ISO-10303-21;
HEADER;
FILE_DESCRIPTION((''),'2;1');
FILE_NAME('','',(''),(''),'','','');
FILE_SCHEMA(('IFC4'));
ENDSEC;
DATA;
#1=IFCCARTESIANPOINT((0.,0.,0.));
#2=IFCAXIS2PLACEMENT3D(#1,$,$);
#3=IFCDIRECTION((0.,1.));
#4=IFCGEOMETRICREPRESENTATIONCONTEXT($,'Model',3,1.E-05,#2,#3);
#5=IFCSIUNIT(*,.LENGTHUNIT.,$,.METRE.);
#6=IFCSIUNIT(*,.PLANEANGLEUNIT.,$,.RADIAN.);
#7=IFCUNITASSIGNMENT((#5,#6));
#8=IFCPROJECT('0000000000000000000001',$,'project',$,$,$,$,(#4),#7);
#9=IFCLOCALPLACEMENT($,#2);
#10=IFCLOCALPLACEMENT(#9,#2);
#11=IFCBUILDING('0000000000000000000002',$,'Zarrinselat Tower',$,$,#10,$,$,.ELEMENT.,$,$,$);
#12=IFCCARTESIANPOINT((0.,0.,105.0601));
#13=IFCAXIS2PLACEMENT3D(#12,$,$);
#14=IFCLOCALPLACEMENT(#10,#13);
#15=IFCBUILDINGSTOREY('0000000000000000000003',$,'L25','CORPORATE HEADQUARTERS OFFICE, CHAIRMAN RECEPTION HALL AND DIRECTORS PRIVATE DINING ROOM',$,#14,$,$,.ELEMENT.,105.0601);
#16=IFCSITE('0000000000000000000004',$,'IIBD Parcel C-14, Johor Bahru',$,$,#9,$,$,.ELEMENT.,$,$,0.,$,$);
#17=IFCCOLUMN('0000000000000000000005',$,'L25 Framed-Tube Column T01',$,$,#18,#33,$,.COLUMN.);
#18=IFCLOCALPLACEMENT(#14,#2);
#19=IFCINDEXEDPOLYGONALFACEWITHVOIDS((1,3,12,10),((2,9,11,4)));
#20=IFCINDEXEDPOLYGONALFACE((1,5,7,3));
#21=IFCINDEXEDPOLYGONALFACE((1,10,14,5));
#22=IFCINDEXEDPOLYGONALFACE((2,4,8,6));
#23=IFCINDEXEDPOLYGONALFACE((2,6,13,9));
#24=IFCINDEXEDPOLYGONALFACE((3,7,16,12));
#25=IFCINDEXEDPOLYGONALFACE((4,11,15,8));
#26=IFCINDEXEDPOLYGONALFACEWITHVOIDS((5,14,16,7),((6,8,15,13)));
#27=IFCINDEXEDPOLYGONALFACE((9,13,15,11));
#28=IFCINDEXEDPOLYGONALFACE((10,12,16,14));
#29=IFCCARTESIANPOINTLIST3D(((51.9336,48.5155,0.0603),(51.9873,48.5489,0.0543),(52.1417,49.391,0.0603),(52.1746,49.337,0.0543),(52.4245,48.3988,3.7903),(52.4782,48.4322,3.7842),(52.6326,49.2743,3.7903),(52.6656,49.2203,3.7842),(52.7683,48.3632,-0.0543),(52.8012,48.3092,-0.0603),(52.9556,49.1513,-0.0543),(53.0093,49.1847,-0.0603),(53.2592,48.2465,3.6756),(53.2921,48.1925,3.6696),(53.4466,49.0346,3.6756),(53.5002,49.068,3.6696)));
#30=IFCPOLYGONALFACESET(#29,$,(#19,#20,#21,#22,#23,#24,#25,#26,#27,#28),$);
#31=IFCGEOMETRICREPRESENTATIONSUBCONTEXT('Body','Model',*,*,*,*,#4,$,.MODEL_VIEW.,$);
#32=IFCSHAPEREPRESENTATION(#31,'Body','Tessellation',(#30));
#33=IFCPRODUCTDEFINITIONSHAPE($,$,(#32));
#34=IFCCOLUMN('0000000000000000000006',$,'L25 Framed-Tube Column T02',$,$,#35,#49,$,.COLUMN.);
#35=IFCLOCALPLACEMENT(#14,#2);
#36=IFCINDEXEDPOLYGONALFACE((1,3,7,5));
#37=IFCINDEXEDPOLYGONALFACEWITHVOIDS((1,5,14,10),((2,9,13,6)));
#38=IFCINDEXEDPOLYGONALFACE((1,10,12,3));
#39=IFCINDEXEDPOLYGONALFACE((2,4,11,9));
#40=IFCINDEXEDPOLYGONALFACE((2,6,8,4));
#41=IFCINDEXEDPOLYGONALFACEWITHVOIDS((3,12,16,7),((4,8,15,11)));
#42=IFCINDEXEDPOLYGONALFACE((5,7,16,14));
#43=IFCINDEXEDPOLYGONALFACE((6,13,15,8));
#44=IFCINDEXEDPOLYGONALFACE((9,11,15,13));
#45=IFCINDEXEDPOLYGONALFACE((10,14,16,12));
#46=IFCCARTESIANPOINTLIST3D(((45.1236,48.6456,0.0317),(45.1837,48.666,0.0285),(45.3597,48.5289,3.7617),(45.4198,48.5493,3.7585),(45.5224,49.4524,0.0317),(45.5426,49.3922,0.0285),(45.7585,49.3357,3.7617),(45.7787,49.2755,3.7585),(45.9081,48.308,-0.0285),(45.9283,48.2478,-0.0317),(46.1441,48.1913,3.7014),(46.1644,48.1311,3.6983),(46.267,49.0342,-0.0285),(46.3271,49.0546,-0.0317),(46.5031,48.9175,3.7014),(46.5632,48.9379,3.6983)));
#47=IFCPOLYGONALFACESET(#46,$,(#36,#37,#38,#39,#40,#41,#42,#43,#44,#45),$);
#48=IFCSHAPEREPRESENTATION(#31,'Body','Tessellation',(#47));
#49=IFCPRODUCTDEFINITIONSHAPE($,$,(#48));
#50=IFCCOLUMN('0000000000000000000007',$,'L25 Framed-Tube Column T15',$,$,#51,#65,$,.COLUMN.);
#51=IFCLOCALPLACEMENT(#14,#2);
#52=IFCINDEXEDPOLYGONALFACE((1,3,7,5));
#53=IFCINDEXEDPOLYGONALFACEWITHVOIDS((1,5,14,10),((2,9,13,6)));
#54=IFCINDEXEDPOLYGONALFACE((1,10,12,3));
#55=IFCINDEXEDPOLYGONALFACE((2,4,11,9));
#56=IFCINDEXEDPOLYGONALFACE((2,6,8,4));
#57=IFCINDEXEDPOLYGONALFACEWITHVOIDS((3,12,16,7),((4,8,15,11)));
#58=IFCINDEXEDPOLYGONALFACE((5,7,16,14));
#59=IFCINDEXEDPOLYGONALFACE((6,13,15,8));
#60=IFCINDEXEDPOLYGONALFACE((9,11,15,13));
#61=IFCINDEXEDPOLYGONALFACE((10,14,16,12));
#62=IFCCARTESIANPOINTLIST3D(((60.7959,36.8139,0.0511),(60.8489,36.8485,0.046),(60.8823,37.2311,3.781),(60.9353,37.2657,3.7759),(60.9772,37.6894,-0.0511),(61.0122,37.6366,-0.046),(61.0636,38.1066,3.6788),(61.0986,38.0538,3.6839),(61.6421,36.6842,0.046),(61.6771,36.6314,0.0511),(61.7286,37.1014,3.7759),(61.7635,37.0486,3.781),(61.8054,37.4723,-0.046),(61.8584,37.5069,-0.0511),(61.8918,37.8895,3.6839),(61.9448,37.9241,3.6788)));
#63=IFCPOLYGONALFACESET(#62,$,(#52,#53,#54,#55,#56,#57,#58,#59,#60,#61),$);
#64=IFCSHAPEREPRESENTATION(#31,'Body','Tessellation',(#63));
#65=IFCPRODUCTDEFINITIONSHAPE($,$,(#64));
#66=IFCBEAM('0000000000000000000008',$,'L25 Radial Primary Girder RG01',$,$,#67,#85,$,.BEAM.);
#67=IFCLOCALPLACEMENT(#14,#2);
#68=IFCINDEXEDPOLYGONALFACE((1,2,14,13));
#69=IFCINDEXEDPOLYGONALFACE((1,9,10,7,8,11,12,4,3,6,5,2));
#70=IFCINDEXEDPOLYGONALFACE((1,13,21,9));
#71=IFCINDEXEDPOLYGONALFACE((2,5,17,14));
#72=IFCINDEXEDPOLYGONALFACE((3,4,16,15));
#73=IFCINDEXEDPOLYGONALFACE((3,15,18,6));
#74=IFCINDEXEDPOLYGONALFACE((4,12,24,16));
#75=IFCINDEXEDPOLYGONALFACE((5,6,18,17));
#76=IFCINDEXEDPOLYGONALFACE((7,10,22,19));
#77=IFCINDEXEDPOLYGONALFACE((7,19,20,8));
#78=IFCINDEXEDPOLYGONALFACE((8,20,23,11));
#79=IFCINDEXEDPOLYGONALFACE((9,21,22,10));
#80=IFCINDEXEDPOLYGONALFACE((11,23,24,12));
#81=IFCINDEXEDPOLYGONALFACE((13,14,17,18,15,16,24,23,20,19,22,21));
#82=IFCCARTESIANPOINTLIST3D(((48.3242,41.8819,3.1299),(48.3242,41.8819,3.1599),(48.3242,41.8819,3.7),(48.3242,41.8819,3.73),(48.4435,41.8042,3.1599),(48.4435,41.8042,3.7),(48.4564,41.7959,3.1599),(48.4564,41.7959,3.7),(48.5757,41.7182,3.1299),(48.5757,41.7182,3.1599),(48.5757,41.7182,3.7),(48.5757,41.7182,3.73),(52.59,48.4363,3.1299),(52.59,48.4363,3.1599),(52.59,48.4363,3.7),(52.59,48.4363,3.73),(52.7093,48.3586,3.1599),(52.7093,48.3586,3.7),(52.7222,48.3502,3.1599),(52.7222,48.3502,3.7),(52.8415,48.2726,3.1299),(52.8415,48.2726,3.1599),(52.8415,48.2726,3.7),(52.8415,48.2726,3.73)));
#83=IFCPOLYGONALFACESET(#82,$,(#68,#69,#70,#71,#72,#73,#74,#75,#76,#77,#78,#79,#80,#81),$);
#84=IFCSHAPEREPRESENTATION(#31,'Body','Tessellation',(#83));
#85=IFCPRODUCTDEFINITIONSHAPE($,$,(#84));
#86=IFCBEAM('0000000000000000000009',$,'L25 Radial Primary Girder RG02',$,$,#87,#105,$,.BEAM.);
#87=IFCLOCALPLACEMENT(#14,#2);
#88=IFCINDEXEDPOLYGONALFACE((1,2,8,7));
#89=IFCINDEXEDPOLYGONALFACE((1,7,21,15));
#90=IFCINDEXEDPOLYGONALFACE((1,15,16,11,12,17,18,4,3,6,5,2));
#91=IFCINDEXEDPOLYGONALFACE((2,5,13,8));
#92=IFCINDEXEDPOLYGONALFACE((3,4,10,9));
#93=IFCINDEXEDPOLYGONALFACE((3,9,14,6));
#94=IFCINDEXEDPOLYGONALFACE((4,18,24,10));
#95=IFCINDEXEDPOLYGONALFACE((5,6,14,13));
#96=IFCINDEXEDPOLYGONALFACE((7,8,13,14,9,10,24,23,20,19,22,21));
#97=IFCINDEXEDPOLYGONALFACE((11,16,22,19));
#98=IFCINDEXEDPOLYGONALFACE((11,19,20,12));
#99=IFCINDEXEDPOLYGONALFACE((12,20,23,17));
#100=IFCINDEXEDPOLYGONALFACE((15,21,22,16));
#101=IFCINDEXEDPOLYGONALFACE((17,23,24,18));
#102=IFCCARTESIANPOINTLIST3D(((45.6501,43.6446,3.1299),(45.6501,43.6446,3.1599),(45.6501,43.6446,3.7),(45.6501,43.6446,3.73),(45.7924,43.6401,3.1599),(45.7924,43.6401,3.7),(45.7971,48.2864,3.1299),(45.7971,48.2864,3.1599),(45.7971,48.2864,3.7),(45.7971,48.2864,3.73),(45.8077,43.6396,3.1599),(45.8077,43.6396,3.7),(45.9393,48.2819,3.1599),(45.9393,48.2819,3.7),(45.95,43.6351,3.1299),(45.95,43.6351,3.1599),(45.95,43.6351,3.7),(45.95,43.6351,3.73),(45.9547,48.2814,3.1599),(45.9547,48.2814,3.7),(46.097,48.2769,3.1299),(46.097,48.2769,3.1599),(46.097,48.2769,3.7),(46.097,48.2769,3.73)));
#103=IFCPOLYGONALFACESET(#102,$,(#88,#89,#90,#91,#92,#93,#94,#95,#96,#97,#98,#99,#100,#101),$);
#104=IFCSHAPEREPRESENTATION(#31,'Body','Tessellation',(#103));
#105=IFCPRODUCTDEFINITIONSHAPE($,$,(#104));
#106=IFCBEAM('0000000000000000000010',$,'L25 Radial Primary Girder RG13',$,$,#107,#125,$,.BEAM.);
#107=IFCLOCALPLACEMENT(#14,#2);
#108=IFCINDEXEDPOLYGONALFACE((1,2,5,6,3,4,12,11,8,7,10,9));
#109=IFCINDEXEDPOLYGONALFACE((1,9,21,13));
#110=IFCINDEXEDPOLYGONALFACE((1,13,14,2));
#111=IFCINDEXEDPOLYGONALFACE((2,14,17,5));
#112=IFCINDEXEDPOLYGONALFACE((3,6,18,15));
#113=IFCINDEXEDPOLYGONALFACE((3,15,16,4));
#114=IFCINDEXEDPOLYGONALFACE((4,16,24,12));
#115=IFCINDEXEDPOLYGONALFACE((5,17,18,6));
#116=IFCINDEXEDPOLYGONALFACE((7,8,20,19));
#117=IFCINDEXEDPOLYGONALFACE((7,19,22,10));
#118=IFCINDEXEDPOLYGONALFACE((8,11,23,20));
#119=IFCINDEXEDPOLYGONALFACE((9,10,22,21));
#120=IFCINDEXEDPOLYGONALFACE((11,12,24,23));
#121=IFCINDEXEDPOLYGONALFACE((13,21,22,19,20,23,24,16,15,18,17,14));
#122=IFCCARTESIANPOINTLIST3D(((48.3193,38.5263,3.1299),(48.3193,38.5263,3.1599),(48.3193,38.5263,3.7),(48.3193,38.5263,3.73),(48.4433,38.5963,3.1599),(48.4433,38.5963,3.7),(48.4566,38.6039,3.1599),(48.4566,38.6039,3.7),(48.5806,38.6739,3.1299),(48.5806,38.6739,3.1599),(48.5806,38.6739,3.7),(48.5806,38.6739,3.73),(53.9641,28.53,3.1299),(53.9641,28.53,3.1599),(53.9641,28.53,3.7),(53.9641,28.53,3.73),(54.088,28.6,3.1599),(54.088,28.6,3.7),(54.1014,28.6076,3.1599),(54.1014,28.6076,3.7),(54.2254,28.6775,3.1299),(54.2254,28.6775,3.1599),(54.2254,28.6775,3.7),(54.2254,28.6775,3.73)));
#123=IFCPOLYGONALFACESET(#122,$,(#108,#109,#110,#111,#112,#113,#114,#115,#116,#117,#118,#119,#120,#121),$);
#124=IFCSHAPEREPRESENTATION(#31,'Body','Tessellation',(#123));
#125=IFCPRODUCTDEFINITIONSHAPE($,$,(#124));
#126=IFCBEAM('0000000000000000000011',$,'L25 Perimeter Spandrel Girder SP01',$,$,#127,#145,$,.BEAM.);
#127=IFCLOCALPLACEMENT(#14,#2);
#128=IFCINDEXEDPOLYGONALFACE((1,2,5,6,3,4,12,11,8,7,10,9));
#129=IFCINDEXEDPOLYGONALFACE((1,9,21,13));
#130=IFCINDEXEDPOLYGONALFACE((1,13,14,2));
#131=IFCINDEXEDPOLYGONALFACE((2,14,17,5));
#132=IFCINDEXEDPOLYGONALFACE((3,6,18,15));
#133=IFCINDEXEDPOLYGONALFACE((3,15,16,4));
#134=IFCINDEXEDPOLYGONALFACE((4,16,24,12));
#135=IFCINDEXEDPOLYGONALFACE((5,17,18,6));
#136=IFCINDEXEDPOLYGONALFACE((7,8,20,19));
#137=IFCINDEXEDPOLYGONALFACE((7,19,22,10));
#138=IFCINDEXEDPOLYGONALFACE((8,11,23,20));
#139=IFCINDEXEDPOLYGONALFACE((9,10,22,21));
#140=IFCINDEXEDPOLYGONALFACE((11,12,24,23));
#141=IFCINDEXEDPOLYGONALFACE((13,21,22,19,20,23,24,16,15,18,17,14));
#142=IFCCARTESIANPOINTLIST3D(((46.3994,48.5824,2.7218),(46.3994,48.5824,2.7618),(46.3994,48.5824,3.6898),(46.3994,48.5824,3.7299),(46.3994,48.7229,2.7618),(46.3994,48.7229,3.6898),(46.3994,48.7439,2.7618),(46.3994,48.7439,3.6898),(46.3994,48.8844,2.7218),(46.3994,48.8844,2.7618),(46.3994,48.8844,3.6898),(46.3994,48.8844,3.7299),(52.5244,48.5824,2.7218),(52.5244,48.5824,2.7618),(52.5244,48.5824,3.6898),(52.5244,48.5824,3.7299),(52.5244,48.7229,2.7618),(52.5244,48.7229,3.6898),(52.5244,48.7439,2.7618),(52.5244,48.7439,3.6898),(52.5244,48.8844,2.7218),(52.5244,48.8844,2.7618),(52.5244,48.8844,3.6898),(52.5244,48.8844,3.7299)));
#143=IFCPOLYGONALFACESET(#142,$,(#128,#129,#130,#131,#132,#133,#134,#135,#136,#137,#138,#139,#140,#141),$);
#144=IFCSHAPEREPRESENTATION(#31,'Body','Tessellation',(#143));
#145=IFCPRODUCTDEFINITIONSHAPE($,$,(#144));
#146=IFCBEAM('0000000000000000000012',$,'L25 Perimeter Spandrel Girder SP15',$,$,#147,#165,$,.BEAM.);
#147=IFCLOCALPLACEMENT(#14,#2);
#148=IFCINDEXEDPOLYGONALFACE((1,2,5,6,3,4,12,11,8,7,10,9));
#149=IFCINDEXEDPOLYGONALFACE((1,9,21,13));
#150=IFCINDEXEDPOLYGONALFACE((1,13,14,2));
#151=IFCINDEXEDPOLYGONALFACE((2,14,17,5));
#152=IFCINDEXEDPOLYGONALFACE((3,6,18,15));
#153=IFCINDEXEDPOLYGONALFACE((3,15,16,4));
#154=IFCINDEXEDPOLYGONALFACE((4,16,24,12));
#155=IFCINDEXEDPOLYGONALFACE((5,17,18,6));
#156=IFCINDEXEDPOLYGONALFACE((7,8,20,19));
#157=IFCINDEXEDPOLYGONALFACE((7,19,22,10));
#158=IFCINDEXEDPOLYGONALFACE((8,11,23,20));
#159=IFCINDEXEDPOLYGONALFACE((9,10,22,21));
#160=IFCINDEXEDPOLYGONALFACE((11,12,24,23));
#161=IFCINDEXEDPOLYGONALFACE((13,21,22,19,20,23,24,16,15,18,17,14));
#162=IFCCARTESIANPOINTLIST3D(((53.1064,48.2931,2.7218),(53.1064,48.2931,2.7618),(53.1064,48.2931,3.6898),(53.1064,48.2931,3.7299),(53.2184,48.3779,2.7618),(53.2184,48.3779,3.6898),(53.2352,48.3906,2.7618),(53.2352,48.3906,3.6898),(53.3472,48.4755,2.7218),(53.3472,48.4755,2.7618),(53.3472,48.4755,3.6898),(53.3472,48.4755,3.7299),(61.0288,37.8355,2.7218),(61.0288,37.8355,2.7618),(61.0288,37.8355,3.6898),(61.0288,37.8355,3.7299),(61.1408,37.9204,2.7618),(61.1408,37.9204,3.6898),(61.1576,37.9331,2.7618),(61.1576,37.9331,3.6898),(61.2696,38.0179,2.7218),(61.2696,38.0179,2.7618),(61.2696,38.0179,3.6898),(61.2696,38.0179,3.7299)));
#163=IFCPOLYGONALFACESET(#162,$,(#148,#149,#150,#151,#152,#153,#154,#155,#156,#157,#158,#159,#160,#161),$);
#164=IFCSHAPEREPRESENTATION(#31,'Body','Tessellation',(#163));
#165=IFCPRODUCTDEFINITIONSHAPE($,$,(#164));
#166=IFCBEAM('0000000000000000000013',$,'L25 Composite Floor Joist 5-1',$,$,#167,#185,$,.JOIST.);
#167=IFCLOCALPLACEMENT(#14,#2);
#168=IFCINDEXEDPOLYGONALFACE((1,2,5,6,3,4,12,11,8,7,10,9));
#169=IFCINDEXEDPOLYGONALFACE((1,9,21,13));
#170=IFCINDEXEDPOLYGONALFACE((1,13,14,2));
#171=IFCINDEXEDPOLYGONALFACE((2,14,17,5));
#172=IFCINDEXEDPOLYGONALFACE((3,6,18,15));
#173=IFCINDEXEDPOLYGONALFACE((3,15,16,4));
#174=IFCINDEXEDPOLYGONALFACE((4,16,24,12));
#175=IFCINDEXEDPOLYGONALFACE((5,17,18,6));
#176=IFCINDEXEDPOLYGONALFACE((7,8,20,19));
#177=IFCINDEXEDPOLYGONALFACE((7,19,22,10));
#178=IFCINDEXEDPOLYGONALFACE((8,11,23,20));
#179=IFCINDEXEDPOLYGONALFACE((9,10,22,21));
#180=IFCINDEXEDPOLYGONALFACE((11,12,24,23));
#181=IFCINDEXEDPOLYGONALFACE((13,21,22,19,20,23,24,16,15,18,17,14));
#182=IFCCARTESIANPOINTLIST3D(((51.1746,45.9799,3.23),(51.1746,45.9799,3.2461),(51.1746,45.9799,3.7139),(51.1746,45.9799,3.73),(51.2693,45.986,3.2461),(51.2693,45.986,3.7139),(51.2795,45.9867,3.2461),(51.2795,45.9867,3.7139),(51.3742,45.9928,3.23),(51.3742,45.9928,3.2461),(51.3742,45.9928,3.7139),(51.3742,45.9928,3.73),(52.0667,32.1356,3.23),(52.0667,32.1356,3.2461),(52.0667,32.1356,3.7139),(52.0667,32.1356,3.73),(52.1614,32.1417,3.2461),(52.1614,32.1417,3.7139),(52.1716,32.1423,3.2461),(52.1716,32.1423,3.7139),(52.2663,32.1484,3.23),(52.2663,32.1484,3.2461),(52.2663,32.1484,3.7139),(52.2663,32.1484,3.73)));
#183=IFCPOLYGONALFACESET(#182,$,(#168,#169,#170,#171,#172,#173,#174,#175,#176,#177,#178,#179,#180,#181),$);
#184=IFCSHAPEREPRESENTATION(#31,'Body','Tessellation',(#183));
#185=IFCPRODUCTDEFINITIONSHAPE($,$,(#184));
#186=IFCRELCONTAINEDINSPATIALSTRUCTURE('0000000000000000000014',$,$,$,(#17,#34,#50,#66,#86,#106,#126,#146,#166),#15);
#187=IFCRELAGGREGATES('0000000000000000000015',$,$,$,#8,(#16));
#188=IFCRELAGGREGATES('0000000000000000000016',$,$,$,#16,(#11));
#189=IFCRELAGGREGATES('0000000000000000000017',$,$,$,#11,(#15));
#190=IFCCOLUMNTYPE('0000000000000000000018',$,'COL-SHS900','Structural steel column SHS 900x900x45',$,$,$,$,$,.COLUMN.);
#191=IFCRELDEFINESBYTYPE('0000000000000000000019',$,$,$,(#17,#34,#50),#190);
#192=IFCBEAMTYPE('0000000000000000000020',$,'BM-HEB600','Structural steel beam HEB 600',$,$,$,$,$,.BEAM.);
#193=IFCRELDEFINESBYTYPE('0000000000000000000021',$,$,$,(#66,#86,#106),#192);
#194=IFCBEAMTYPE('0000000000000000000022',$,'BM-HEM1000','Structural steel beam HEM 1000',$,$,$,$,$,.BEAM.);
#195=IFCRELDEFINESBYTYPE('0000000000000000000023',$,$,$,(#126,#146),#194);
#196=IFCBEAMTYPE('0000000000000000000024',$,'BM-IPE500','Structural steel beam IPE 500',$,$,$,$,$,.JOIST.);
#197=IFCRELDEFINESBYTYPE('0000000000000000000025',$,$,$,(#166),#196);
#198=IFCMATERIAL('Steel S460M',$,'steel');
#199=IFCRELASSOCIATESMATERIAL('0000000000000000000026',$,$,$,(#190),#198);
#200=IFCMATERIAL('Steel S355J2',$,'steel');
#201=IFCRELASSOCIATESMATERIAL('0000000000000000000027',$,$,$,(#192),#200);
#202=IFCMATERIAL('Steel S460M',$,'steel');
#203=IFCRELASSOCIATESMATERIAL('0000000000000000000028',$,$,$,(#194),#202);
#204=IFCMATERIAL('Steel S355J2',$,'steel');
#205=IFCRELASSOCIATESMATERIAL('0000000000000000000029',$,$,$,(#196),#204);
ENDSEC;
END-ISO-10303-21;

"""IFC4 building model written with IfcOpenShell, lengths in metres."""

from ifc_helpers import new_model, si_unit, direction, frame, origin, origin_2d, place, context, subcontext, project, spatial, hollow_rectangle, i_section, extrude, material, material_profile, profile_set, type_object, element, save


model = new_model("IFC4")

# Units and contexts
model_context = context("Model", 3, precision=1e-05, world=origin(), true_north=direction((0.0, 1.0)))
body_context = subcontext(model_context, "Body", "Model", "MODEL_VIEW")
ifc_project = project(units=[si_unit("LENGTHUNIT", "METRE"), si_unit("PLANEANGLEUNIT", "RADIAN")], contexts=[model_context])

# Site, building, storey
site_placement = place(None, origin())
site = spatial("IfcSite", under=ifc_project, at=site_placement, Name="IIBD Parcel C-14, Johor Bahru", CompositionType="ELEMENT", RefElevation=0.0)
building_placement = place(site_placement, origin())
building = spatial("IfcBuilding", under=site, at=building_placement, Name="Zarrinselat Tower", CompositionType="ELEMENT")
storey_placement = place(building_placement, frame((0.0, 0.0, 105.0601)))
storey = spatial("IfcBuildingStorey", under=building, at=storey_placement, Name="L25", Description="CORPORATE HEADQUARTERS OFFICE, CHAIRMAN RECEPTION HALL AND DIRECTORS PRIVATE DINING ROOM", CompositionType="ELEMENT", Elevation=105.0601)

# Columns
ifc_material_1 = material(Name="Steel S460M", Category="steel")
ifc_material_profile_1 = material_profile(ifc_material_1, hollow_rectangle(XDim=0.8999, YDim=0.8999, WallThickness=0.0449, at=origin_2d()), Name="SHS 900x900x45")
ifc_profile_set_1 = profile_set([ifc_material_profile_1], Name="Steel S460M")
column_type = type_object("IfcColumnType", Name="COL-SHS900", Description="Structural steel column SHS 900x900x45", PredefinedType="COLUMN", material=ifc_profile_set_1)
column_1_placement = place(storey_placement, frame((52.4714, 48.8501, 0.0), z_axis=(0.130439, -0.031004, 0.990971), x_axis=(0.23125, 0.972894, 0.0)))
element("IfcColumn", 1, at=column_1_placement, inside=storey, type_object=column_type, Name="L25 Framed-Tube Column T01", PredefinedType="COLUMN", context=body_context, shape_type="SweptSolid", body=[
    extrude(hollow_rectangle(XDim=0.8999, YDim=0.8999, WallThickness=0.0449, at=origin_2d()), origin(), (0.0, 0.0, 1.0), 3.7639),
])
column_2_placement = place(storey_placement, frame((45.7253, 48.8501, 0.0), z_axis=(0.063136, -0.031209, 0.997517), x_axis=(0.44313, 0.896457, 0.0)))
element("IfcColumn", 2, at=column_2_placement, inside=storey, type_object=column_type, Name="L25 Framed-Tube Column T02", PredefinedType="COLUMN", context=body_context, shape_type="SweptSolid", body=[
    extrude(hollow_rectangle(XDim=0.8999, YDim=0.8999, WallThickness=0.0449, at=origin_2d()), origin(), (0.0, 0.0, 1.0), 3.7393),
])
column_3_placement = place(storey_placement, frame((61.3271, 37.1604, 0.0), z_axis=(0.023021, 0.111137, 0.993538), x_axis=(-0.979213, 0.202833, 0.0)))
element("IfcColumn", 3, at=column_3_placement, inside=storey, type_object=column_type, Name="L25 Framed-Tube Column T15", PredefinedType="COLUMN", context=body_context, shape_type="SweptSolid", body=[
    extrude(hollow_rectangle(XDim=0.8999, YDim=0.8999, WallThickness=0.0449, at=origin_2d()), origin(), (0.0, 0.0, 1.0), 3.7542),
])

# Beams
ifc_material_2 = material(Name="Steel S355J2", Category="steel")
ifc_material_profile_2 = material_profile(ifc_material_2, i_section(OverallWidth=0.3, OverallDepth=0.6001, WebThickness=0.0154, FlangeThickness=0.03, at=origin_2d()), Name="HEB 600")
ifc_profile_set_2 = profile_set([ifc_material_profile_2], Name="Steel S355J2")
beam_type_1 = type_object("IfcBeamType", Name="BM-HEB600", Description="Structural steel beam HEB 600", PredefinedType="BEAM", material=ifc_profile_set_2)
beam_1_placement = place(storey_placement, frame((48.45, 41.8, 3.4299), z_axis=(0.545481, 0.838123, 0.0), x_axis=(-0.838123, 0.545481, 0.0)))
element("IfcBeam", 4, at=beam_1_placement, inside=storey, type_object=beam_type_1, Name="L25 Radial Primary Girder RG01", PredefinedType="BEAM", context=body_context, shape_type="SweptSolid", body=[
    extrude(i_section(OverallWidth=0.3, OverallDepth=0.6001, WebThickness=0.0154, FlangeThickness=0.03, at=origin_2d()), origin(), (0.0, 0.0, 1.0), 7.8203),
])
beam_2_placement = place(storey_placement, frame((45.8, 43.6399, 3.4299), z_axis=(0.031648, 0.999499, 0.0), x_axis=(-0.999499, 0.031648, 0.0)))
element("IfcBeam", 5, at=beam_2_placement, inside=storey, type_object=beam_type_1, Name="L25 Radial Primary Girder RG02", PredefinedType="BEAM", context=body_context, shape_type="SweptSolid", body=[
    extrude(i_section(OverallWidth=0.3, OverallDepth=0.6001, WebThickness=0.0154, FlangeThickness=0.03, at=origin_2d()), origin(), (0.0, 0.0, 1.0), 4.644),
])
beam_3_placement = place(storey_placement, frame((48.45, 38.6001, 3.4299), z_axis=(0.491705, -0.870762, 0.0), x_axis=(0.870762, 0.491705, 0.0)))
element("IfcBeam", 6, at=beam_3_placement, inside=storey, type_object=beam_type_1, Name="L25 Radial Primary Girder RG13", PredefinedType="BEAM", context=body_context, shape_type="SweptSolid", body=[
    extrude(i_section(OverallWidth=0.3, OverallDepth=0.6001, WebThickness=0.0154, FlangeThickness=0.03, at=origin_2d()), origin(), (0.0, 0.0, 1.0), 11.48),
])
ifc_material_3 = material(Name="Steel S460M", Category="steel")
ifc_material_profile_3 = material_profile(ifc_material_3, i_section(OverallWidth=0.302, OverallDepth=1.0081, WebThickness=0.021, FlangeThickness=0.04, at=origin_2d()), Name="HEM 1000")
ifc_profile_set_3 = profile_set([ifc_material_profile_3], Name="Steel S460M")
beam_type_2 = type_object("IfcBeamType", Name="BM-HEM1000", Description="Structural steel beam HEM 1000", PredefinedType="BEAM", material=ifc_profile_set_3)
beam_4_placement = place(storey_placement, frame((46.3994, 48.7334, 3.2258), z_axis=(1.0, 0.0, 0.0), x_axis=(0.0, 1.0, 0.0)))
element("IfcBeam", 7, at=beam_4_placement, inside=storey, type_object=beam_type_2, Name="L25 Perimeter Spandrel Girder SP01", PredefinedType="BEAM", context=body_context, shape_type="SweptSolid", body=[
    extrude(i_section(OverallWidth=0.302, OverallDepth=1.0081, WebThickness=0.021, FlangeThickness=0.04, at=origin_2d()), origin(), (0.0, 0.0, 1.0), 6.125),
])
beam_5_placement = place(storey_placement, frame((53.2268, 48.3843, 3.2258), z_axis=(0.603858, -0.797092, 0.0), x_axis=(0.797092, 0.603858, 0.0)))
element("IfcBeam", 8, at=beam_5_placement, inside=storey, type_object=beam_type_2, Name="L25 Perimeter Spandrel Girder SP15", PredefinedType="BEAM", context=body_context, shape_type="SweptSolid", body=[
    extrude(i_section(OverallWidth=0.302, OverallDepth=1.0081, WebThickness=0.021, FlangeThickness=0.04, at=origin_2d()), origin(), (0.0, 0.0, 1.0), 13.1196),
])
ifc_material_4 = material(Name="Steel S355J2", Category="steel")
ifc_material_profile_4 = material_profile(ifc_material_4, i_section(OverallWidth=0.2, OverallDepth=0.5, WebThickness=0.0103, FlangeThickness=0.0161, at=origin_2d()), Name="IPE 500")
ifc_profile_set_4 = profile_set([ifc_material_profile_4], Name="Steel S355J2")
beam_type_3 = type_object("IfcBeamType", Name="BM-IPE500", Description="Structural steel beam IPE 500", PredefinedType="JOIST", material=ifc_profile_set_4)
beam_6_placement = place(storey_placement, frame((51.2744, 45.9863, 3.48), z_axis=(0.064304, -0.99793, 0.0), x_axis=(0.99793, 0.064304, 0.0)))
element("IfcBeam", 9, at=beam_6_placement, inside=storey, type_object=beam_type_3, Name="L25 Composite Floor Joist 5-1", PredefinedType="JOIST", context=body_context, shape_type="SweptSolid", body=[
    extrude(i_section(OverallWidth=0.2, OverallDepth=0.5, WebThickness=0.0103, FlangeThickness=0.0161, at=origin_2d()), origin(), (0.0, 0.0, 1.0), 13.873),
])

save(model, "model.ifc")
